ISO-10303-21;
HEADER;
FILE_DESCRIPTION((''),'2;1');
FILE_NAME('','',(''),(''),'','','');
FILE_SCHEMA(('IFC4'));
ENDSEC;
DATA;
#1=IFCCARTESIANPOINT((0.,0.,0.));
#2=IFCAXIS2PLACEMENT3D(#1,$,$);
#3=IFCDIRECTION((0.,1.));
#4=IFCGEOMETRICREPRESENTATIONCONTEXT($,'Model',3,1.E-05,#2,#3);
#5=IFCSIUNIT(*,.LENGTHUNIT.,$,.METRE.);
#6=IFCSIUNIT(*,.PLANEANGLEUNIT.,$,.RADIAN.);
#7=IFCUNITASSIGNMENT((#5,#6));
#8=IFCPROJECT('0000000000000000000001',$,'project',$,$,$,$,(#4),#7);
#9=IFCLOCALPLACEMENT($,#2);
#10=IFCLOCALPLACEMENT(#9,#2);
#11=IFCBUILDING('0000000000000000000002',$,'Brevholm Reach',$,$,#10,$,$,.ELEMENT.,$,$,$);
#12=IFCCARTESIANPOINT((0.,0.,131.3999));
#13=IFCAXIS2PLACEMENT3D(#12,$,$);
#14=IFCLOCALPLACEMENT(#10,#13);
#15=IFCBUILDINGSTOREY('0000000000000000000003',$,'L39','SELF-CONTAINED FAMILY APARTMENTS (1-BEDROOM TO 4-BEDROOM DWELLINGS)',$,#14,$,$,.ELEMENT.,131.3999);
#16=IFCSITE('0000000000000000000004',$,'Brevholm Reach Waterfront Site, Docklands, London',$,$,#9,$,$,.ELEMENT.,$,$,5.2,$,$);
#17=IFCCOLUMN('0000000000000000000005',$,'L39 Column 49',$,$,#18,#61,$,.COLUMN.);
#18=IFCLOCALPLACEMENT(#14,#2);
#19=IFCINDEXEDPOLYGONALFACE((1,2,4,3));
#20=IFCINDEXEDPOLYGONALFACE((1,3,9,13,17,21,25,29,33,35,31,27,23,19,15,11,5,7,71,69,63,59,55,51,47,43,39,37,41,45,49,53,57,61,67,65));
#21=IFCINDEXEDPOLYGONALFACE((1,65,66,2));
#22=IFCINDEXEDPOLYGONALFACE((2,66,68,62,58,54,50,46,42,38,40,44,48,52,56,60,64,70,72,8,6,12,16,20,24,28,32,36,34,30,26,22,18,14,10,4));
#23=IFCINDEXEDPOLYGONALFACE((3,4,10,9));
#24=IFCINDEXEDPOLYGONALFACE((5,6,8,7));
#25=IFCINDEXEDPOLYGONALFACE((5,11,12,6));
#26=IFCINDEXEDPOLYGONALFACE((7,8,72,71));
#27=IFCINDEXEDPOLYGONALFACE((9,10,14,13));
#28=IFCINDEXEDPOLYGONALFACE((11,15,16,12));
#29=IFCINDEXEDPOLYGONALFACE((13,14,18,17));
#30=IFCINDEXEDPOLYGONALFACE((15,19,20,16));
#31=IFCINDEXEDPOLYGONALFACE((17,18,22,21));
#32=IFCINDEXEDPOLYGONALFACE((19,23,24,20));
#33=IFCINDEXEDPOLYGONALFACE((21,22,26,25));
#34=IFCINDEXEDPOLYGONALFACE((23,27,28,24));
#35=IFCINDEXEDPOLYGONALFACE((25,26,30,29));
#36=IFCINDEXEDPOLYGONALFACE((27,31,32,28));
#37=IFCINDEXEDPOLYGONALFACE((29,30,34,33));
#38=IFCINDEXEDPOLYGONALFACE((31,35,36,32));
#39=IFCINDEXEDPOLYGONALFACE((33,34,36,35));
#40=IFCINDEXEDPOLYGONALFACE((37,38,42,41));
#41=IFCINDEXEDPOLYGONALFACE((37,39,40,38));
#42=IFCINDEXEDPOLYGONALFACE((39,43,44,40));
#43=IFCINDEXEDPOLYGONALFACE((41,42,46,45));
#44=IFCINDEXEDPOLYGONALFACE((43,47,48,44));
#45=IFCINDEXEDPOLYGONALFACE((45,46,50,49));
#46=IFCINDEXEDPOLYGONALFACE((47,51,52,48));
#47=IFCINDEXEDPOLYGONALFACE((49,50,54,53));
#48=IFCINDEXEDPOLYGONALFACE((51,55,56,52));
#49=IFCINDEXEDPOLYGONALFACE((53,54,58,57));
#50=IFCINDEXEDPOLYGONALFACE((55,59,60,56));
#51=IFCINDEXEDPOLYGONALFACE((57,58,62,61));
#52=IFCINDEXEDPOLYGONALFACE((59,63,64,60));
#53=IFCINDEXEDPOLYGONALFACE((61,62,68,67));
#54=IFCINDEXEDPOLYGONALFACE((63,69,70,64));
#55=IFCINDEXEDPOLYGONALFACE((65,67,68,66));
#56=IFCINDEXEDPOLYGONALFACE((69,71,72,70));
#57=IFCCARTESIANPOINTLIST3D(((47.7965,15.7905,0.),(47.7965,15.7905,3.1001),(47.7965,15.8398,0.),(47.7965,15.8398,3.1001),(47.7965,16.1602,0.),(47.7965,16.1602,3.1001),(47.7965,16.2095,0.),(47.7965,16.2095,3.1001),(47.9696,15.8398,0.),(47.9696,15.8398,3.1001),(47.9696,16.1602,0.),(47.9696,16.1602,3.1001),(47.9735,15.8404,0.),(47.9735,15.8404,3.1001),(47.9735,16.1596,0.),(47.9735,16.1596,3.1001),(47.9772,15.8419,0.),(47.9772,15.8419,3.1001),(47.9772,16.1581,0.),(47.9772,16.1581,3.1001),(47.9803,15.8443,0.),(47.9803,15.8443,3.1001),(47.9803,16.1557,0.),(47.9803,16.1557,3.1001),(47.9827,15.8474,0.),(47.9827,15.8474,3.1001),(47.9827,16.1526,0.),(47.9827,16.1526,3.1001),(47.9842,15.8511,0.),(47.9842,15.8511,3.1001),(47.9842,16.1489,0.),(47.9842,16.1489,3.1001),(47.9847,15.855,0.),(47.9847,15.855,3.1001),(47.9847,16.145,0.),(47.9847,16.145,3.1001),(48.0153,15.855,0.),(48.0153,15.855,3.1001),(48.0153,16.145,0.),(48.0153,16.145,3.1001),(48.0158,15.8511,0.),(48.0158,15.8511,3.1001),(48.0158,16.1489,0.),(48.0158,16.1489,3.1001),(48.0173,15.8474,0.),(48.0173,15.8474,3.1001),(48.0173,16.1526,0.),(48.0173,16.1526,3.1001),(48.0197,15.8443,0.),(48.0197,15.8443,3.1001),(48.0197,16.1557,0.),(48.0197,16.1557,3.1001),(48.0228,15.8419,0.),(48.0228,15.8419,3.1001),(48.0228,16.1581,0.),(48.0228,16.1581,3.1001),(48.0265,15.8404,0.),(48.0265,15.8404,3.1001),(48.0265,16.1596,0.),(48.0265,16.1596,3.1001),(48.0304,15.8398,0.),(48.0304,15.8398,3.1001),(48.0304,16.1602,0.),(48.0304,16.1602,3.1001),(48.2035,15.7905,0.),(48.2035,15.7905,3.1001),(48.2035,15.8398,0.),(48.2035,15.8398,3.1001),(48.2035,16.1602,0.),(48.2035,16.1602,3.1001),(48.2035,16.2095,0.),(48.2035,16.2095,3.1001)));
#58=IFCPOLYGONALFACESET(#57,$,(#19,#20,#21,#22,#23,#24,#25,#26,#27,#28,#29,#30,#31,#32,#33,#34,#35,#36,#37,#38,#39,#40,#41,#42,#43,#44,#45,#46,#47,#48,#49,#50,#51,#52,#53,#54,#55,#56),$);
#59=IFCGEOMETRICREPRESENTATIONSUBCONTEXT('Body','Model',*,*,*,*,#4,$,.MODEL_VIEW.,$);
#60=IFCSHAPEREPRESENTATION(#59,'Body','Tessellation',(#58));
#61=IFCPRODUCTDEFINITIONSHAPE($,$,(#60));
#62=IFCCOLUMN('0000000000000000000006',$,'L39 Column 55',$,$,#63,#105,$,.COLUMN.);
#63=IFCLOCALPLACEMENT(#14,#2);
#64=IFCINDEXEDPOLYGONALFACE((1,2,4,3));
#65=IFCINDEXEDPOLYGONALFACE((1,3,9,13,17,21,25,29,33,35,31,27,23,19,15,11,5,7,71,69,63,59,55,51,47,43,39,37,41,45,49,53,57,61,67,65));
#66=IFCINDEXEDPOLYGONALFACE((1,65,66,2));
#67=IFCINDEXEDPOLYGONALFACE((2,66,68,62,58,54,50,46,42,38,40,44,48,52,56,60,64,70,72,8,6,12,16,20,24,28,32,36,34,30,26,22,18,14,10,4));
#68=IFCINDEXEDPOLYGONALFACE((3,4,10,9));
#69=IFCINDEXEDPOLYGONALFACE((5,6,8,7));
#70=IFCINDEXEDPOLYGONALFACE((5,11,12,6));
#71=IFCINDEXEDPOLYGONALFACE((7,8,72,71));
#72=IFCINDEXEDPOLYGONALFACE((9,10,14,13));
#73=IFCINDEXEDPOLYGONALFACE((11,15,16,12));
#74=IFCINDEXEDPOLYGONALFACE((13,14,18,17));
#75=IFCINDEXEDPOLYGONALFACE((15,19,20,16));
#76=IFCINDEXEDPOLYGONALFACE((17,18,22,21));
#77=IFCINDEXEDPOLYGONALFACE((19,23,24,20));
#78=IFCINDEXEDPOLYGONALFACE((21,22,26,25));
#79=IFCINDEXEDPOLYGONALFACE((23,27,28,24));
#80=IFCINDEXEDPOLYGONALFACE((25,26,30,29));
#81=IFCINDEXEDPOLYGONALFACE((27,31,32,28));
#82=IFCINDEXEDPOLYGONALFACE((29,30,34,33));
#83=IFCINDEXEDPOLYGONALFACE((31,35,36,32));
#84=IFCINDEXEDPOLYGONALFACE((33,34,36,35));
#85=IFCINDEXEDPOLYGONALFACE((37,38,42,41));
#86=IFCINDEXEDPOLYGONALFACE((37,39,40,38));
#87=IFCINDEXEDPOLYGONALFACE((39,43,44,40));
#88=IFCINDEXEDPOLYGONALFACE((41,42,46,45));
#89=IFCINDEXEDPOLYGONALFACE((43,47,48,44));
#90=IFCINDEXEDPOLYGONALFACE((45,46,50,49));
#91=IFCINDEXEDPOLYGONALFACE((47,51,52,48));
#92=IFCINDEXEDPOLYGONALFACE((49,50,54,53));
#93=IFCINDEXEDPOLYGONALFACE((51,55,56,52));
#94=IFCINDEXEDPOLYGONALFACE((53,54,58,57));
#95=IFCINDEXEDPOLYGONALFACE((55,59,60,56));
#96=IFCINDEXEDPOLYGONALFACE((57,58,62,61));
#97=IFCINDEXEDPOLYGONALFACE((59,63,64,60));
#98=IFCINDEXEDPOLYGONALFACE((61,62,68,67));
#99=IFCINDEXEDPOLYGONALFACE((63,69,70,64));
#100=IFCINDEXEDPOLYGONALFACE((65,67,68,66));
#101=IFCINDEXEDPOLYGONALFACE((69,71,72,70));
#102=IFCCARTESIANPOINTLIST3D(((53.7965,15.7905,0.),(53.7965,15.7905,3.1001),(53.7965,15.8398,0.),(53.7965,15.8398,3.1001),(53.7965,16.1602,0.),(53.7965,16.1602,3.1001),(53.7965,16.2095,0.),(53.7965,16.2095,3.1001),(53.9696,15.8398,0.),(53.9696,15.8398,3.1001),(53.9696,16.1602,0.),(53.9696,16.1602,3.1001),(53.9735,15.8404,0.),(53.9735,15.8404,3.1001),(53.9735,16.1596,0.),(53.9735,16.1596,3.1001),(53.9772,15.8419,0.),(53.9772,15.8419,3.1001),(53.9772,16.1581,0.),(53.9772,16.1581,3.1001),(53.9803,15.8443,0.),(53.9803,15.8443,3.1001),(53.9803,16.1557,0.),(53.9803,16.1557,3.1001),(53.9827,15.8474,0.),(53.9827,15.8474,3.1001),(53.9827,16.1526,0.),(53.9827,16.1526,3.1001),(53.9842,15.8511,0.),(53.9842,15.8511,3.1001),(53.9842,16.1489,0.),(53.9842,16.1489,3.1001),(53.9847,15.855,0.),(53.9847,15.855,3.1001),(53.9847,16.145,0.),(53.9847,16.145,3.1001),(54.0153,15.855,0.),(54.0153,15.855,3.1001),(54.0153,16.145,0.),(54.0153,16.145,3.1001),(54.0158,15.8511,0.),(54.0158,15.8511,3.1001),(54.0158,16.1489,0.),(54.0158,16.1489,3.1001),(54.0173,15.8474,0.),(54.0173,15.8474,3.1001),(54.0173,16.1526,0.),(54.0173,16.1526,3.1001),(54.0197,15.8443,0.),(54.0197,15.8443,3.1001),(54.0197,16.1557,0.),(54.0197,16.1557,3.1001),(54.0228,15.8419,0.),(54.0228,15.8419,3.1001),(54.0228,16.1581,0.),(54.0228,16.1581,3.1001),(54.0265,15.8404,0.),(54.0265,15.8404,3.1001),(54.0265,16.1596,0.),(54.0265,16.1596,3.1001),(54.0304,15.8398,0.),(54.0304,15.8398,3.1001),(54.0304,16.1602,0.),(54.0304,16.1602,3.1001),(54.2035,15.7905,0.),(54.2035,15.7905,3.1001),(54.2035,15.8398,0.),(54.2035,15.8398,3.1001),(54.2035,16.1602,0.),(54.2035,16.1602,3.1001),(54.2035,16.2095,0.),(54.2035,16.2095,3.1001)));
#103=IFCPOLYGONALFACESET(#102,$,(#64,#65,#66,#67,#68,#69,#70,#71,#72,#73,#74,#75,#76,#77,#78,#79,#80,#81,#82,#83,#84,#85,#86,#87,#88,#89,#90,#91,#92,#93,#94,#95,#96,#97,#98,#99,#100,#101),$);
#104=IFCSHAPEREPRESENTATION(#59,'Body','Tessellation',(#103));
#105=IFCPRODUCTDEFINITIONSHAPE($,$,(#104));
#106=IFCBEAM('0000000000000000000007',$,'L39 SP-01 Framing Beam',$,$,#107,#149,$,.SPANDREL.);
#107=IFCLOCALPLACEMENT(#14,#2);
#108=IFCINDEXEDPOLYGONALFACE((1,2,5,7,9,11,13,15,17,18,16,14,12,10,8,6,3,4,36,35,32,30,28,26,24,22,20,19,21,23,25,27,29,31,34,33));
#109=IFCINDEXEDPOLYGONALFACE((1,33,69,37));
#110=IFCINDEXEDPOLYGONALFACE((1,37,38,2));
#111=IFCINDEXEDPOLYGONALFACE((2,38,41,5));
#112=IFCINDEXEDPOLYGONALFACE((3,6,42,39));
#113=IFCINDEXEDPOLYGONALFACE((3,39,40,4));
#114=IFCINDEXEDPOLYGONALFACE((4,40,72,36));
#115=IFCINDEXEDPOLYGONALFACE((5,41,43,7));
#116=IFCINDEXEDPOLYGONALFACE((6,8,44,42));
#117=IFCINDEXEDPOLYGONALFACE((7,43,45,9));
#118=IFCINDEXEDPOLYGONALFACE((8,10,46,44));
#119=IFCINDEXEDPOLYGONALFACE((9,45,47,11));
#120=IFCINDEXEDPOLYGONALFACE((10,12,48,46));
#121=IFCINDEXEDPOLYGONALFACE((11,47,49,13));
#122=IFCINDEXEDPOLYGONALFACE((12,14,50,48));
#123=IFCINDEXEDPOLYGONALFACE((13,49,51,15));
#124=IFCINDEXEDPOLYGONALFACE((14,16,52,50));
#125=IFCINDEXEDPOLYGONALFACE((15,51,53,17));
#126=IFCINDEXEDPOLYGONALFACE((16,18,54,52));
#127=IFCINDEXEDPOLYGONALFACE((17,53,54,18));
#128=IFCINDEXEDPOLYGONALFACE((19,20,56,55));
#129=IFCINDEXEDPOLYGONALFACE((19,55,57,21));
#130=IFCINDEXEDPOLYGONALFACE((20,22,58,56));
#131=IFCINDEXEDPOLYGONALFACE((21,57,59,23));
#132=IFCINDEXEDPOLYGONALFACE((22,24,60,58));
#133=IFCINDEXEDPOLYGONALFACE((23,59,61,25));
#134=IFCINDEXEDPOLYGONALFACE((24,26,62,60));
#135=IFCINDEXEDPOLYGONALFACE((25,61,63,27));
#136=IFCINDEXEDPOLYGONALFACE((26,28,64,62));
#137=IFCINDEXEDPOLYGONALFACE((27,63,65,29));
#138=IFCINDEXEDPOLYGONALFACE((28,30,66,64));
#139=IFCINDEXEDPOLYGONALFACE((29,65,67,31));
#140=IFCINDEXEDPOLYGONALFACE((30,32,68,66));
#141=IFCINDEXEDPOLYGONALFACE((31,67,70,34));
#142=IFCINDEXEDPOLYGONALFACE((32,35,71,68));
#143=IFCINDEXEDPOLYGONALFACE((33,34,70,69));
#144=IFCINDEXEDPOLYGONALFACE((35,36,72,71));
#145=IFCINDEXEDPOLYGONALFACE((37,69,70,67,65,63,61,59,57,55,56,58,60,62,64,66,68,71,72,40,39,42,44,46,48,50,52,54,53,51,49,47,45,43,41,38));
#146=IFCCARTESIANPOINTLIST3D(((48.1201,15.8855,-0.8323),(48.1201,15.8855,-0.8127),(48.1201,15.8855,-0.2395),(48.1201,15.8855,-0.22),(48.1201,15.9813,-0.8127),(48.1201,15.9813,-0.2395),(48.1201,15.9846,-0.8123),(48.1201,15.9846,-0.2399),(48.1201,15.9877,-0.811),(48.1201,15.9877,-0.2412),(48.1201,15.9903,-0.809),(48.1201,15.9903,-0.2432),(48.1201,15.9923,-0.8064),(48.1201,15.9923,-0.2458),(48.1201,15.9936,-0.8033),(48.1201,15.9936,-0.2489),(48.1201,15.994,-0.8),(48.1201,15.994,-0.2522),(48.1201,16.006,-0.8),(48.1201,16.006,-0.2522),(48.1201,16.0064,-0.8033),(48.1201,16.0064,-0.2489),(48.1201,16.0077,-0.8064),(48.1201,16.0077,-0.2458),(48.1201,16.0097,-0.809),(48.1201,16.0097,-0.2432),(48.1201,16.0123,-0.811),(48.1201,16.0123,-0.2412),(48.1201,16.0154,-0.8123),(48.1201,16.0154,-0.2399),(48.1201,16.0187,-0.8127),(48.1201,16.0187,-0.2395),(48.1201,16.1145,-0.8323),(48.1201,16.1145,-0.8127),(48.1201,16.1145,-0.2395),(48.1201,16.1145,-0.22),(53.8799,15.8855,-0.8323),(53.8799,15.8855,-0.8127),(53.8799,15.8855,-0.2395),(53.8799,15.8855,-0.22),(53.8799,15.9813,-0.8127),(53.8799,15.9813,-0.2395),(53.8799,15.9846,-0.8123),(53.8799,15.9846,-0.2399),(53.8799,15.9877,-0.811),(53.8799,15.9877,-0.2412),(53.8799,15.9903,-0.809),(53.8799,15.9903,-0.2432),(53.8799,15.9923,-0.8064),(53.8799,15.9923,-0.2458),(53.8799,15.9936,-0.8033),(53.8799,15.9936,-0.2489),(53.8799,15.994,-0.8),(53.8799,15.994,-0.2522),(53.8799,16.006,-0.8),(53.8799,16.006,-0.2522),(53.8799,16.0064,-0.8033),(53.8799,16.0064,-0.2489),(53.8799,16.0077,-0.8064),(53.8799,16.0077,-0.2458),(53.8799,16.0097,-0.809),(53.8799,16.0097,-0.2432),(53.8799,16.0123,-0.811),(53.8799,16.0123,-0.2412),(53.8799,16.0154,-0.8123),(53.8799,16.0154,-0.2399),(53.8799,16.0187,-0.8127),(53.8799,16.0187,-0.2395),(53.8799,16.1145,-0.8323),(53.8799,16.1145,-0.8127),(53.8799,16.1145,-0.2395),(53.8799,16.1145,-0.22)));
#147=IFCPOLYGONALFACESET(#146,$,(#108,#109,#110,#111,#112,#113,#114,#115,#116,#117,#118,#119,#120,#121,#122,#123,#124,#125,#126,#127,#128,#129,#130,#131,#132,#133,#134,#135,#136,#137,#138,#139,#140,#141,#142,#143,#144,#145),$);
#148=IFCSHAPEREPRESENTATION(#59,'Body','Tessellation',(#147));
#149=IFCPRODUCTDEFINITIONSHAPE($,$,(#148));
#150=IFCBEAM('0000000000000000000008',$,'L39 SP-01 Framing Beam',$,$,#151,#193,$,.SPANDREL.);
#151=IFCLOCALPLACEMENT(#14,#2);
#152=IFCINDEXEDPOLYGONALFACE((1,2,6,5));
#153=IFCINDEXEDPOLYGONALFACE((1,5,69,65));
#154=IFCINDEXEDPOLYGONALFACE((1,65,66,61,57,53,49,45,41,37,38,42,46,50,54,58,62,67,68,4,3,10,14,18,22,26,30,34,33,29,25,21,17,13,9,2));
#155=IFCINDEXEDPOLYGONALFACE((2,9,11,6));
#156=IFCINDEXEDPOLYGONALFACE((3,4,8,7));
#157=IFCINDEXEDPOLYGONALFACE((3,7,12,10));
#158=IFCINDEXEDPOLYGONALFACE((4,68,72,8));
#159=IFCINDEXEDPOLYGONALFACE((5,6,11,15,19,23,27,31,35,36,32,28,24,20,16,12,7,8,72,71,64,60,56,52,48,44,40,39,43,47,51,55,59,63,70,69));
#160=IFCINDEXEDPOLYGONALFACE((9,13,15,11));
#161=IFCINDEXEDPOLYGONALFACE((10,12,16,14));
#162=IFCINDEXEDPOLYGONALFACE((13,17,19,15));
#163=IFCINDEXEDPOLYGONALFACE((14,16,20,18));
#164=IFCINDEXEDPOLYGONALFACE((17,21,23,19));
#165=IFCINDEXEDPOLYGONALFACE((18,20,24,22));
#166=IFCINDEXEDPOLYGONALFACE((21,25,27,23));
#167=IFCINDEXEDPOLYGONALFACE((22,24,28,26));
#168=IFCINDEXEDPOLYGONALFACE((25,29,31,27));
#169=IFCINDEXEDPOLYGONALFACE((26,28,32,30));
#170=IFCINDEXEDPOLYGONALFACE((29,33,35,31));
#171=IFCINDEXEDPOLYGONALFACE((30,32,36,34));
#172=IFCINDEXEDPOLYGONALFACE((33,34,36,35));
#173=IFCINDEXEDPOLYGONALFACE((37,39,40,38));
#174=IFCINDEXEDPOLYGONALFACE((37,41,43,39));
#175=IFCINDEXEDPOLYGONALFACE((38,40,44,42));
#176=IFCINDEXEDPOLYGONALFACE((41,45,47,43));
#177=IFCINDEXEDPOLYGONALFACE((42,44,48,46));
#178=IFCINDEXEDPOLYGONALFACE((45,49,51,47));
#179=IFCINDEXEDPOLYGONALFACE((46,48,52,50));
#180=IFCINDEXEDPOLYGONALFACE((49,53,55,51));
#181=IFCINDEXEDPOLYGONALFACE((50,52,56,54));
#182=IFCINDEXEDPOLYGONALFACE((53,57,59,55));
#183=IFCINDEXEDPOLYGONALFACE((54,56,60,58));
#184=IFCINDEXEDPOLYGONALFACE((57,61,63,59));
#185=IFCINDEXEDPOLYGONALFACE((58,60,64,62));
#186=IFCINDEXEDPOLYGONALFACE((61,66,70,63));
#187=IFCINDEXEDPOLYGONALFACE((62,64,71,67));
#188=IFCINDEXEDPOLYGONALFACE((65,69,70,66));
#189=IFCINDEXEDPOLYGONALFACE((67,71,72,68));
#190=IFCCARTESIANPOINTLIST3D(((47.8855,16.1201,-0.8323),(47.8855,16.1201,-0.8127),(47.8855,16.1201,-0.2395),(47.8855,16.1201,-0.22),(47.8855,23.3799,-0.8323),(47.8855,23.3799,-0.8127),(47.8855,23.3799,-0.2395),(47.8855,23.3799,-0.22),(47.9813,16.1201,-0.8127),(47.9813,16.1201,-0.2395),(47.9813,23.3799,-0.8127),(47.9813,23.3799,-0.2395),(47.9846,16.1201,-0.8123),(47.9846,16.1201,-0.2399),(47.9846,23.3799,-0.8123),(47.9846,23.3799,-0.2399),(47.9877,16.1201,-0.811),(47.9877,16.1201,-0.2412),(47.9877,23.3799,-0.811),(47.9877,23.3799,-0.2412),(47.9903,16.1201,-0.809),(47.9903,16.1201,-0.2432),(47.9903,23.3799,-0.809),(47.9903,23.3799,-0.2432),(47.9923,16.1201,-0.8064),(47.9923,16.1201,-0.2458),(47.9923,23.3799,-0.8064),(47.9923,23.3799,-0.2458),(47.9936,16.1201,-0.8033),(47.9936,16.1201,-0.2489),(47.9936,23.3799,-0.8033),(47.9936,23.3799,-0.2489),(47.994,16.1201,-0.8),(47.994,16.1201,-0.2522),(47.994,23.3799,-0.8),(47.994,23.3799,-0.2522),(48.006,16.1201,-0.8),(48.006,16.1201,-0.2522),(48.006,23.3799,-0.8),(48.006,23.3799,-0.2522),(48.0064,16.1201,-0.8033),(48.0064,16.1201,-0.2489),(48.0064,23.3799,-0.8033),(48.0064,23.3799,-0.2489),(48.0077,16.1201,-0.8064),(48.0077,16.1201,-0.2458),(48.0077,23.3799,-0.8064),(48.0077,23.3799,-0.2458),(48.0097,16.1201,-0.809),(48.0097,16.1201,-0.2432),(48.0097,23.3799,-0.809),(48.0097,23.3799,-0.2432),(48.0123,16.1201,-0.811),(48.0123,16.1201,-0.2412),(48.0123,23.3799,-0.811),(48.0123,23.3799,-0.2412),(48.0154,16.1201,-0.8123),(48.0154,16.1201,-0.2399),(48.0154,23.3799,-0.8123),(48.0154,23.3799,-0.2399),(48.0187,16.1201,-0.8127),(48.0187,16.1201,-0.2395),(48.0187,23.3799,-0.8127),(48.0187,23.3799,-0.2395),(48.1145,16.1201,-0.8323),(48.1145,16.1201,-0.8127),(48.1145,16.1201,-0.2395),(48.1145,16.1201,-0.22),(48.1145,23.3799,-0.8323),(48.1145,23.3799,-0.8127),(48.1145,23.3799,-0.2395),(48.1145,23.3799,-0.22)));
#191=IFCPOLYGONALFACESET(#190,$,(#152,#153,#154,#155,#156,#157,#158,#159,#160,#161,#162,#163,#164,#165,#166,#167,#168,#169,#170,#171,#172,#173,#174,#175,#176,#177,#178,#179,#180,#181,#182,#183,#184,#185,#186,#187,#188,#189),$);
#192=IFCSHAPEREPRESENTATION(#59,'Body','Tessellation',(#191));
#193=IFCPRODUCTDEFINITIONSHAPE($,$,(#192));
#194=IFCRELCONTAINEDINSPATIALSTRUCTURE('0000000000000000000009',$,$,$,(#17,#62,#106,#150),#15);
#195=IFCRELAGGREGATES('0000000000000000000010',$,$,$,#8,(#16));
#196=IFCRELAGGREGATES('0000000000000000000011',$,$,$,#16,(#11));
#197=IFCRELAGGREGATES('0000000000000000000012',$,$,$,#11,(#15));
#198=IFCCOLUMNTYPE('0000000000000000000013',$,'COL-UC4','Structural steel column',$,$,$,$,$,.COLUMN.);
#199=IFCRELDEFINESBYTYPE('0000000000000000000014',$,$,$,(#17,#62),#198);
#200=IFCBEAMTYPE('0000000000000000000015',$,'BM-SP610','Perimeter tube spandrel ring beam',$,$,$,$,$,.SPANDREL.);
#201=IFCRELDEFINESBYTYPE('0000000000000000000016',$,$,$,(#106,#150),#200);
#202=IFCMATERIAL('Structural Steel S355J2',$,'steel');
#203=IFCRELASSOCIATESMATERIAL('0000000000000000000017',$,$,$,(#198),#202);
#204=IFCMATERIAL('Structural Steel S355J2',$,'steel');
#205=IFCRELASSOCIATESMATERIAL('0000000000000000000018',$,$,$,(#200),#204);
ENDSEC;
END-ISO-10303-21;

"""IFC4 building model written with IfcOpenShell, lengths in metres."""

from ifc_helpers import new_model, si_unit, direction, frame, origin, origin_2d, place, context, subcontext, project, spatial, i_section, extrude, material, material_profile, profile_set, type_object, element, save


model = new_model("IFC4")

# Units and contexts
model_context = context("Model", 3, precision=1e-05, world=origin(), true_north=direction((0.0, 1.0)))
body_context = subcontext(model_context, "Body", "Model", "MODEL_VIEW")
ifc_project = project(units=[si_unit("LENGTHUNIT", "METRE"), si_unit("PLANEANGLEUNIT", "RADIAN")], contexts=[model_context])

# Site, building, storey
site_placement = place(None, origin())
site = spatial("IfcSite", under=ifc_project, at=site_placement, Name="Brevholm Reach Waterfront Site, Docklands, London", CompositionType="ELEMENT", RefElevation=5.2)
building_placement = place(site_placement, origin())
building = spatial("IfcBuilding", under=site, at=building_placement, Name="Brevholm Reach", CompositionType="ELEMENT")
storey_placement = place(building_placement, frame((0.0, 0.0, 131.3999)))
storey = spatial("IfcBuildingStorey", under=building, at=storey_placement, Name="L39", Description="SELF-CONTAINED FAMILY APARTMENTS (1-BEDROOM TO 4-BEDROOM DWELLINGS)", CompositionType="ELEMENT", Elevation=131.3999)

# Columns
ifc_material_1 = material(Name="Structural Steel S355J2", Category="steel")
ifc_material_profile_1 = material_profile(ifc_material_1, i_section(OverallWidth=0.407, OverallDepth=0.4189, WebThickness=0.0305, FlangeThickness=0.0493, FilletRadius=0.0151, at=origin_2d()), Name="UKC 356x406x393")
ifc_profile_set_1 = profile_set([ifc_material_profile_1], Name="Structural Steel S355J2")
column_type = type_object("IfcColumnType", Name="COL-UC4", Description="Structural steel column", PredefinedType="COLUMN", material=ifc_profile_set_1)
for number, where, z_axis, x_axis, name in (
    (1, (48.0, 16.0, 0.0), (0.0, 0.0, 1.0), (1.0, 0.0, 0.0), "L39 Column 49"),
    (2, (54.0, 16.0, 0.0), (0.0, 0.0, 1.0), (1.0, 0.0, 0.0), "L39 Column 55"),
):
    element("IfcColumn", number, at=place(storey_placement, frame(where, z_axis=z_axis, x_axis=x_axis)), inside=storey, type_object=column_type, Name=name, PredefinedType="COLUMN", context=body_context, shape_type="SweptSolid", body=[
        extrude(i_section(OverallWidth=0.407, OverallDepth=0.4189, WebThickness=0.0305, FlangeThickness=0.0493, FilletRadius=0.0151, at=origin_2d()), origin(), (0.0, 0.0, 1.0), 3.1001),
    ])

# Beams
ifc_material_2 = material(Name="Structural Steel S355J2", Category="steel")
ifc_material_profile_2 = material_profile(ifc_material_2, i_section(OverallWidth=0.229, OverallDepth=0.6123, WebThickness=0.012, FlangeThickness=0.0195, FilletRadius=0.0127, at=origin_2d()), Name="UKB 610x229x125")
ifc_profile_set_2 = profile_set([ifc_material_profile_2], Name="Structural Steel S355J2")
beam_type = type_object("IfcBeamType", Name="BM-SP610", Description="Perimeter tube spandrel ring beam", PredefinedType="SPANDREL", material=ifc_profile_set_2)
beam_1_placement = place(storey_placement, frame((48.1201, 16.0, -0.5261), z_axis=(1.0, 0.0, 0.0), x_axis=(0.0, 1.0, 0.0)))
element("IfcBeam", 3, at=beam_1_placement, inside=storey, type_object=beam_type, Name="L39 SP-01 Framing Beam", PredefinedType="SPANDREL", context=body_context, shape_type="SweptSolid", body=[
    extrude(i_section(OverallWidth=0.229, OverallDepth=0.6123, WebThickness=0.012, FlangeThickness=0.0195, FilletRadius=0.0127, at=origin_2d()), origin(), (0.0, 0.0, 1.0), 5.7598),
])
beam_2_placement = place(storey_placement, frame((48.0, 16.1201, -0.5261), z_axis=(0.0, 1.0, 0.0), x_axis=(-1.0, 0.0, 0.0)))
element("IfcBeam", 4, at=beam_2_placement, inside=storey, type_object=beam_type, Name="L39 SP-01 Framing Beam", PredefinedType="SPANDREL", context=body_context, shape_type="SweptSolid", body=[
    extrude(i_section(OverallWidth=0.229, OverallDepth=0.6123, WebThickness=0.012, FlangeThickness=0.0195, FilletRadius=0.0127, at=origin_2d()), origin(), (0.0, 0.0, 1.0), 7.2598),
])

save(model, "model.ifc")
